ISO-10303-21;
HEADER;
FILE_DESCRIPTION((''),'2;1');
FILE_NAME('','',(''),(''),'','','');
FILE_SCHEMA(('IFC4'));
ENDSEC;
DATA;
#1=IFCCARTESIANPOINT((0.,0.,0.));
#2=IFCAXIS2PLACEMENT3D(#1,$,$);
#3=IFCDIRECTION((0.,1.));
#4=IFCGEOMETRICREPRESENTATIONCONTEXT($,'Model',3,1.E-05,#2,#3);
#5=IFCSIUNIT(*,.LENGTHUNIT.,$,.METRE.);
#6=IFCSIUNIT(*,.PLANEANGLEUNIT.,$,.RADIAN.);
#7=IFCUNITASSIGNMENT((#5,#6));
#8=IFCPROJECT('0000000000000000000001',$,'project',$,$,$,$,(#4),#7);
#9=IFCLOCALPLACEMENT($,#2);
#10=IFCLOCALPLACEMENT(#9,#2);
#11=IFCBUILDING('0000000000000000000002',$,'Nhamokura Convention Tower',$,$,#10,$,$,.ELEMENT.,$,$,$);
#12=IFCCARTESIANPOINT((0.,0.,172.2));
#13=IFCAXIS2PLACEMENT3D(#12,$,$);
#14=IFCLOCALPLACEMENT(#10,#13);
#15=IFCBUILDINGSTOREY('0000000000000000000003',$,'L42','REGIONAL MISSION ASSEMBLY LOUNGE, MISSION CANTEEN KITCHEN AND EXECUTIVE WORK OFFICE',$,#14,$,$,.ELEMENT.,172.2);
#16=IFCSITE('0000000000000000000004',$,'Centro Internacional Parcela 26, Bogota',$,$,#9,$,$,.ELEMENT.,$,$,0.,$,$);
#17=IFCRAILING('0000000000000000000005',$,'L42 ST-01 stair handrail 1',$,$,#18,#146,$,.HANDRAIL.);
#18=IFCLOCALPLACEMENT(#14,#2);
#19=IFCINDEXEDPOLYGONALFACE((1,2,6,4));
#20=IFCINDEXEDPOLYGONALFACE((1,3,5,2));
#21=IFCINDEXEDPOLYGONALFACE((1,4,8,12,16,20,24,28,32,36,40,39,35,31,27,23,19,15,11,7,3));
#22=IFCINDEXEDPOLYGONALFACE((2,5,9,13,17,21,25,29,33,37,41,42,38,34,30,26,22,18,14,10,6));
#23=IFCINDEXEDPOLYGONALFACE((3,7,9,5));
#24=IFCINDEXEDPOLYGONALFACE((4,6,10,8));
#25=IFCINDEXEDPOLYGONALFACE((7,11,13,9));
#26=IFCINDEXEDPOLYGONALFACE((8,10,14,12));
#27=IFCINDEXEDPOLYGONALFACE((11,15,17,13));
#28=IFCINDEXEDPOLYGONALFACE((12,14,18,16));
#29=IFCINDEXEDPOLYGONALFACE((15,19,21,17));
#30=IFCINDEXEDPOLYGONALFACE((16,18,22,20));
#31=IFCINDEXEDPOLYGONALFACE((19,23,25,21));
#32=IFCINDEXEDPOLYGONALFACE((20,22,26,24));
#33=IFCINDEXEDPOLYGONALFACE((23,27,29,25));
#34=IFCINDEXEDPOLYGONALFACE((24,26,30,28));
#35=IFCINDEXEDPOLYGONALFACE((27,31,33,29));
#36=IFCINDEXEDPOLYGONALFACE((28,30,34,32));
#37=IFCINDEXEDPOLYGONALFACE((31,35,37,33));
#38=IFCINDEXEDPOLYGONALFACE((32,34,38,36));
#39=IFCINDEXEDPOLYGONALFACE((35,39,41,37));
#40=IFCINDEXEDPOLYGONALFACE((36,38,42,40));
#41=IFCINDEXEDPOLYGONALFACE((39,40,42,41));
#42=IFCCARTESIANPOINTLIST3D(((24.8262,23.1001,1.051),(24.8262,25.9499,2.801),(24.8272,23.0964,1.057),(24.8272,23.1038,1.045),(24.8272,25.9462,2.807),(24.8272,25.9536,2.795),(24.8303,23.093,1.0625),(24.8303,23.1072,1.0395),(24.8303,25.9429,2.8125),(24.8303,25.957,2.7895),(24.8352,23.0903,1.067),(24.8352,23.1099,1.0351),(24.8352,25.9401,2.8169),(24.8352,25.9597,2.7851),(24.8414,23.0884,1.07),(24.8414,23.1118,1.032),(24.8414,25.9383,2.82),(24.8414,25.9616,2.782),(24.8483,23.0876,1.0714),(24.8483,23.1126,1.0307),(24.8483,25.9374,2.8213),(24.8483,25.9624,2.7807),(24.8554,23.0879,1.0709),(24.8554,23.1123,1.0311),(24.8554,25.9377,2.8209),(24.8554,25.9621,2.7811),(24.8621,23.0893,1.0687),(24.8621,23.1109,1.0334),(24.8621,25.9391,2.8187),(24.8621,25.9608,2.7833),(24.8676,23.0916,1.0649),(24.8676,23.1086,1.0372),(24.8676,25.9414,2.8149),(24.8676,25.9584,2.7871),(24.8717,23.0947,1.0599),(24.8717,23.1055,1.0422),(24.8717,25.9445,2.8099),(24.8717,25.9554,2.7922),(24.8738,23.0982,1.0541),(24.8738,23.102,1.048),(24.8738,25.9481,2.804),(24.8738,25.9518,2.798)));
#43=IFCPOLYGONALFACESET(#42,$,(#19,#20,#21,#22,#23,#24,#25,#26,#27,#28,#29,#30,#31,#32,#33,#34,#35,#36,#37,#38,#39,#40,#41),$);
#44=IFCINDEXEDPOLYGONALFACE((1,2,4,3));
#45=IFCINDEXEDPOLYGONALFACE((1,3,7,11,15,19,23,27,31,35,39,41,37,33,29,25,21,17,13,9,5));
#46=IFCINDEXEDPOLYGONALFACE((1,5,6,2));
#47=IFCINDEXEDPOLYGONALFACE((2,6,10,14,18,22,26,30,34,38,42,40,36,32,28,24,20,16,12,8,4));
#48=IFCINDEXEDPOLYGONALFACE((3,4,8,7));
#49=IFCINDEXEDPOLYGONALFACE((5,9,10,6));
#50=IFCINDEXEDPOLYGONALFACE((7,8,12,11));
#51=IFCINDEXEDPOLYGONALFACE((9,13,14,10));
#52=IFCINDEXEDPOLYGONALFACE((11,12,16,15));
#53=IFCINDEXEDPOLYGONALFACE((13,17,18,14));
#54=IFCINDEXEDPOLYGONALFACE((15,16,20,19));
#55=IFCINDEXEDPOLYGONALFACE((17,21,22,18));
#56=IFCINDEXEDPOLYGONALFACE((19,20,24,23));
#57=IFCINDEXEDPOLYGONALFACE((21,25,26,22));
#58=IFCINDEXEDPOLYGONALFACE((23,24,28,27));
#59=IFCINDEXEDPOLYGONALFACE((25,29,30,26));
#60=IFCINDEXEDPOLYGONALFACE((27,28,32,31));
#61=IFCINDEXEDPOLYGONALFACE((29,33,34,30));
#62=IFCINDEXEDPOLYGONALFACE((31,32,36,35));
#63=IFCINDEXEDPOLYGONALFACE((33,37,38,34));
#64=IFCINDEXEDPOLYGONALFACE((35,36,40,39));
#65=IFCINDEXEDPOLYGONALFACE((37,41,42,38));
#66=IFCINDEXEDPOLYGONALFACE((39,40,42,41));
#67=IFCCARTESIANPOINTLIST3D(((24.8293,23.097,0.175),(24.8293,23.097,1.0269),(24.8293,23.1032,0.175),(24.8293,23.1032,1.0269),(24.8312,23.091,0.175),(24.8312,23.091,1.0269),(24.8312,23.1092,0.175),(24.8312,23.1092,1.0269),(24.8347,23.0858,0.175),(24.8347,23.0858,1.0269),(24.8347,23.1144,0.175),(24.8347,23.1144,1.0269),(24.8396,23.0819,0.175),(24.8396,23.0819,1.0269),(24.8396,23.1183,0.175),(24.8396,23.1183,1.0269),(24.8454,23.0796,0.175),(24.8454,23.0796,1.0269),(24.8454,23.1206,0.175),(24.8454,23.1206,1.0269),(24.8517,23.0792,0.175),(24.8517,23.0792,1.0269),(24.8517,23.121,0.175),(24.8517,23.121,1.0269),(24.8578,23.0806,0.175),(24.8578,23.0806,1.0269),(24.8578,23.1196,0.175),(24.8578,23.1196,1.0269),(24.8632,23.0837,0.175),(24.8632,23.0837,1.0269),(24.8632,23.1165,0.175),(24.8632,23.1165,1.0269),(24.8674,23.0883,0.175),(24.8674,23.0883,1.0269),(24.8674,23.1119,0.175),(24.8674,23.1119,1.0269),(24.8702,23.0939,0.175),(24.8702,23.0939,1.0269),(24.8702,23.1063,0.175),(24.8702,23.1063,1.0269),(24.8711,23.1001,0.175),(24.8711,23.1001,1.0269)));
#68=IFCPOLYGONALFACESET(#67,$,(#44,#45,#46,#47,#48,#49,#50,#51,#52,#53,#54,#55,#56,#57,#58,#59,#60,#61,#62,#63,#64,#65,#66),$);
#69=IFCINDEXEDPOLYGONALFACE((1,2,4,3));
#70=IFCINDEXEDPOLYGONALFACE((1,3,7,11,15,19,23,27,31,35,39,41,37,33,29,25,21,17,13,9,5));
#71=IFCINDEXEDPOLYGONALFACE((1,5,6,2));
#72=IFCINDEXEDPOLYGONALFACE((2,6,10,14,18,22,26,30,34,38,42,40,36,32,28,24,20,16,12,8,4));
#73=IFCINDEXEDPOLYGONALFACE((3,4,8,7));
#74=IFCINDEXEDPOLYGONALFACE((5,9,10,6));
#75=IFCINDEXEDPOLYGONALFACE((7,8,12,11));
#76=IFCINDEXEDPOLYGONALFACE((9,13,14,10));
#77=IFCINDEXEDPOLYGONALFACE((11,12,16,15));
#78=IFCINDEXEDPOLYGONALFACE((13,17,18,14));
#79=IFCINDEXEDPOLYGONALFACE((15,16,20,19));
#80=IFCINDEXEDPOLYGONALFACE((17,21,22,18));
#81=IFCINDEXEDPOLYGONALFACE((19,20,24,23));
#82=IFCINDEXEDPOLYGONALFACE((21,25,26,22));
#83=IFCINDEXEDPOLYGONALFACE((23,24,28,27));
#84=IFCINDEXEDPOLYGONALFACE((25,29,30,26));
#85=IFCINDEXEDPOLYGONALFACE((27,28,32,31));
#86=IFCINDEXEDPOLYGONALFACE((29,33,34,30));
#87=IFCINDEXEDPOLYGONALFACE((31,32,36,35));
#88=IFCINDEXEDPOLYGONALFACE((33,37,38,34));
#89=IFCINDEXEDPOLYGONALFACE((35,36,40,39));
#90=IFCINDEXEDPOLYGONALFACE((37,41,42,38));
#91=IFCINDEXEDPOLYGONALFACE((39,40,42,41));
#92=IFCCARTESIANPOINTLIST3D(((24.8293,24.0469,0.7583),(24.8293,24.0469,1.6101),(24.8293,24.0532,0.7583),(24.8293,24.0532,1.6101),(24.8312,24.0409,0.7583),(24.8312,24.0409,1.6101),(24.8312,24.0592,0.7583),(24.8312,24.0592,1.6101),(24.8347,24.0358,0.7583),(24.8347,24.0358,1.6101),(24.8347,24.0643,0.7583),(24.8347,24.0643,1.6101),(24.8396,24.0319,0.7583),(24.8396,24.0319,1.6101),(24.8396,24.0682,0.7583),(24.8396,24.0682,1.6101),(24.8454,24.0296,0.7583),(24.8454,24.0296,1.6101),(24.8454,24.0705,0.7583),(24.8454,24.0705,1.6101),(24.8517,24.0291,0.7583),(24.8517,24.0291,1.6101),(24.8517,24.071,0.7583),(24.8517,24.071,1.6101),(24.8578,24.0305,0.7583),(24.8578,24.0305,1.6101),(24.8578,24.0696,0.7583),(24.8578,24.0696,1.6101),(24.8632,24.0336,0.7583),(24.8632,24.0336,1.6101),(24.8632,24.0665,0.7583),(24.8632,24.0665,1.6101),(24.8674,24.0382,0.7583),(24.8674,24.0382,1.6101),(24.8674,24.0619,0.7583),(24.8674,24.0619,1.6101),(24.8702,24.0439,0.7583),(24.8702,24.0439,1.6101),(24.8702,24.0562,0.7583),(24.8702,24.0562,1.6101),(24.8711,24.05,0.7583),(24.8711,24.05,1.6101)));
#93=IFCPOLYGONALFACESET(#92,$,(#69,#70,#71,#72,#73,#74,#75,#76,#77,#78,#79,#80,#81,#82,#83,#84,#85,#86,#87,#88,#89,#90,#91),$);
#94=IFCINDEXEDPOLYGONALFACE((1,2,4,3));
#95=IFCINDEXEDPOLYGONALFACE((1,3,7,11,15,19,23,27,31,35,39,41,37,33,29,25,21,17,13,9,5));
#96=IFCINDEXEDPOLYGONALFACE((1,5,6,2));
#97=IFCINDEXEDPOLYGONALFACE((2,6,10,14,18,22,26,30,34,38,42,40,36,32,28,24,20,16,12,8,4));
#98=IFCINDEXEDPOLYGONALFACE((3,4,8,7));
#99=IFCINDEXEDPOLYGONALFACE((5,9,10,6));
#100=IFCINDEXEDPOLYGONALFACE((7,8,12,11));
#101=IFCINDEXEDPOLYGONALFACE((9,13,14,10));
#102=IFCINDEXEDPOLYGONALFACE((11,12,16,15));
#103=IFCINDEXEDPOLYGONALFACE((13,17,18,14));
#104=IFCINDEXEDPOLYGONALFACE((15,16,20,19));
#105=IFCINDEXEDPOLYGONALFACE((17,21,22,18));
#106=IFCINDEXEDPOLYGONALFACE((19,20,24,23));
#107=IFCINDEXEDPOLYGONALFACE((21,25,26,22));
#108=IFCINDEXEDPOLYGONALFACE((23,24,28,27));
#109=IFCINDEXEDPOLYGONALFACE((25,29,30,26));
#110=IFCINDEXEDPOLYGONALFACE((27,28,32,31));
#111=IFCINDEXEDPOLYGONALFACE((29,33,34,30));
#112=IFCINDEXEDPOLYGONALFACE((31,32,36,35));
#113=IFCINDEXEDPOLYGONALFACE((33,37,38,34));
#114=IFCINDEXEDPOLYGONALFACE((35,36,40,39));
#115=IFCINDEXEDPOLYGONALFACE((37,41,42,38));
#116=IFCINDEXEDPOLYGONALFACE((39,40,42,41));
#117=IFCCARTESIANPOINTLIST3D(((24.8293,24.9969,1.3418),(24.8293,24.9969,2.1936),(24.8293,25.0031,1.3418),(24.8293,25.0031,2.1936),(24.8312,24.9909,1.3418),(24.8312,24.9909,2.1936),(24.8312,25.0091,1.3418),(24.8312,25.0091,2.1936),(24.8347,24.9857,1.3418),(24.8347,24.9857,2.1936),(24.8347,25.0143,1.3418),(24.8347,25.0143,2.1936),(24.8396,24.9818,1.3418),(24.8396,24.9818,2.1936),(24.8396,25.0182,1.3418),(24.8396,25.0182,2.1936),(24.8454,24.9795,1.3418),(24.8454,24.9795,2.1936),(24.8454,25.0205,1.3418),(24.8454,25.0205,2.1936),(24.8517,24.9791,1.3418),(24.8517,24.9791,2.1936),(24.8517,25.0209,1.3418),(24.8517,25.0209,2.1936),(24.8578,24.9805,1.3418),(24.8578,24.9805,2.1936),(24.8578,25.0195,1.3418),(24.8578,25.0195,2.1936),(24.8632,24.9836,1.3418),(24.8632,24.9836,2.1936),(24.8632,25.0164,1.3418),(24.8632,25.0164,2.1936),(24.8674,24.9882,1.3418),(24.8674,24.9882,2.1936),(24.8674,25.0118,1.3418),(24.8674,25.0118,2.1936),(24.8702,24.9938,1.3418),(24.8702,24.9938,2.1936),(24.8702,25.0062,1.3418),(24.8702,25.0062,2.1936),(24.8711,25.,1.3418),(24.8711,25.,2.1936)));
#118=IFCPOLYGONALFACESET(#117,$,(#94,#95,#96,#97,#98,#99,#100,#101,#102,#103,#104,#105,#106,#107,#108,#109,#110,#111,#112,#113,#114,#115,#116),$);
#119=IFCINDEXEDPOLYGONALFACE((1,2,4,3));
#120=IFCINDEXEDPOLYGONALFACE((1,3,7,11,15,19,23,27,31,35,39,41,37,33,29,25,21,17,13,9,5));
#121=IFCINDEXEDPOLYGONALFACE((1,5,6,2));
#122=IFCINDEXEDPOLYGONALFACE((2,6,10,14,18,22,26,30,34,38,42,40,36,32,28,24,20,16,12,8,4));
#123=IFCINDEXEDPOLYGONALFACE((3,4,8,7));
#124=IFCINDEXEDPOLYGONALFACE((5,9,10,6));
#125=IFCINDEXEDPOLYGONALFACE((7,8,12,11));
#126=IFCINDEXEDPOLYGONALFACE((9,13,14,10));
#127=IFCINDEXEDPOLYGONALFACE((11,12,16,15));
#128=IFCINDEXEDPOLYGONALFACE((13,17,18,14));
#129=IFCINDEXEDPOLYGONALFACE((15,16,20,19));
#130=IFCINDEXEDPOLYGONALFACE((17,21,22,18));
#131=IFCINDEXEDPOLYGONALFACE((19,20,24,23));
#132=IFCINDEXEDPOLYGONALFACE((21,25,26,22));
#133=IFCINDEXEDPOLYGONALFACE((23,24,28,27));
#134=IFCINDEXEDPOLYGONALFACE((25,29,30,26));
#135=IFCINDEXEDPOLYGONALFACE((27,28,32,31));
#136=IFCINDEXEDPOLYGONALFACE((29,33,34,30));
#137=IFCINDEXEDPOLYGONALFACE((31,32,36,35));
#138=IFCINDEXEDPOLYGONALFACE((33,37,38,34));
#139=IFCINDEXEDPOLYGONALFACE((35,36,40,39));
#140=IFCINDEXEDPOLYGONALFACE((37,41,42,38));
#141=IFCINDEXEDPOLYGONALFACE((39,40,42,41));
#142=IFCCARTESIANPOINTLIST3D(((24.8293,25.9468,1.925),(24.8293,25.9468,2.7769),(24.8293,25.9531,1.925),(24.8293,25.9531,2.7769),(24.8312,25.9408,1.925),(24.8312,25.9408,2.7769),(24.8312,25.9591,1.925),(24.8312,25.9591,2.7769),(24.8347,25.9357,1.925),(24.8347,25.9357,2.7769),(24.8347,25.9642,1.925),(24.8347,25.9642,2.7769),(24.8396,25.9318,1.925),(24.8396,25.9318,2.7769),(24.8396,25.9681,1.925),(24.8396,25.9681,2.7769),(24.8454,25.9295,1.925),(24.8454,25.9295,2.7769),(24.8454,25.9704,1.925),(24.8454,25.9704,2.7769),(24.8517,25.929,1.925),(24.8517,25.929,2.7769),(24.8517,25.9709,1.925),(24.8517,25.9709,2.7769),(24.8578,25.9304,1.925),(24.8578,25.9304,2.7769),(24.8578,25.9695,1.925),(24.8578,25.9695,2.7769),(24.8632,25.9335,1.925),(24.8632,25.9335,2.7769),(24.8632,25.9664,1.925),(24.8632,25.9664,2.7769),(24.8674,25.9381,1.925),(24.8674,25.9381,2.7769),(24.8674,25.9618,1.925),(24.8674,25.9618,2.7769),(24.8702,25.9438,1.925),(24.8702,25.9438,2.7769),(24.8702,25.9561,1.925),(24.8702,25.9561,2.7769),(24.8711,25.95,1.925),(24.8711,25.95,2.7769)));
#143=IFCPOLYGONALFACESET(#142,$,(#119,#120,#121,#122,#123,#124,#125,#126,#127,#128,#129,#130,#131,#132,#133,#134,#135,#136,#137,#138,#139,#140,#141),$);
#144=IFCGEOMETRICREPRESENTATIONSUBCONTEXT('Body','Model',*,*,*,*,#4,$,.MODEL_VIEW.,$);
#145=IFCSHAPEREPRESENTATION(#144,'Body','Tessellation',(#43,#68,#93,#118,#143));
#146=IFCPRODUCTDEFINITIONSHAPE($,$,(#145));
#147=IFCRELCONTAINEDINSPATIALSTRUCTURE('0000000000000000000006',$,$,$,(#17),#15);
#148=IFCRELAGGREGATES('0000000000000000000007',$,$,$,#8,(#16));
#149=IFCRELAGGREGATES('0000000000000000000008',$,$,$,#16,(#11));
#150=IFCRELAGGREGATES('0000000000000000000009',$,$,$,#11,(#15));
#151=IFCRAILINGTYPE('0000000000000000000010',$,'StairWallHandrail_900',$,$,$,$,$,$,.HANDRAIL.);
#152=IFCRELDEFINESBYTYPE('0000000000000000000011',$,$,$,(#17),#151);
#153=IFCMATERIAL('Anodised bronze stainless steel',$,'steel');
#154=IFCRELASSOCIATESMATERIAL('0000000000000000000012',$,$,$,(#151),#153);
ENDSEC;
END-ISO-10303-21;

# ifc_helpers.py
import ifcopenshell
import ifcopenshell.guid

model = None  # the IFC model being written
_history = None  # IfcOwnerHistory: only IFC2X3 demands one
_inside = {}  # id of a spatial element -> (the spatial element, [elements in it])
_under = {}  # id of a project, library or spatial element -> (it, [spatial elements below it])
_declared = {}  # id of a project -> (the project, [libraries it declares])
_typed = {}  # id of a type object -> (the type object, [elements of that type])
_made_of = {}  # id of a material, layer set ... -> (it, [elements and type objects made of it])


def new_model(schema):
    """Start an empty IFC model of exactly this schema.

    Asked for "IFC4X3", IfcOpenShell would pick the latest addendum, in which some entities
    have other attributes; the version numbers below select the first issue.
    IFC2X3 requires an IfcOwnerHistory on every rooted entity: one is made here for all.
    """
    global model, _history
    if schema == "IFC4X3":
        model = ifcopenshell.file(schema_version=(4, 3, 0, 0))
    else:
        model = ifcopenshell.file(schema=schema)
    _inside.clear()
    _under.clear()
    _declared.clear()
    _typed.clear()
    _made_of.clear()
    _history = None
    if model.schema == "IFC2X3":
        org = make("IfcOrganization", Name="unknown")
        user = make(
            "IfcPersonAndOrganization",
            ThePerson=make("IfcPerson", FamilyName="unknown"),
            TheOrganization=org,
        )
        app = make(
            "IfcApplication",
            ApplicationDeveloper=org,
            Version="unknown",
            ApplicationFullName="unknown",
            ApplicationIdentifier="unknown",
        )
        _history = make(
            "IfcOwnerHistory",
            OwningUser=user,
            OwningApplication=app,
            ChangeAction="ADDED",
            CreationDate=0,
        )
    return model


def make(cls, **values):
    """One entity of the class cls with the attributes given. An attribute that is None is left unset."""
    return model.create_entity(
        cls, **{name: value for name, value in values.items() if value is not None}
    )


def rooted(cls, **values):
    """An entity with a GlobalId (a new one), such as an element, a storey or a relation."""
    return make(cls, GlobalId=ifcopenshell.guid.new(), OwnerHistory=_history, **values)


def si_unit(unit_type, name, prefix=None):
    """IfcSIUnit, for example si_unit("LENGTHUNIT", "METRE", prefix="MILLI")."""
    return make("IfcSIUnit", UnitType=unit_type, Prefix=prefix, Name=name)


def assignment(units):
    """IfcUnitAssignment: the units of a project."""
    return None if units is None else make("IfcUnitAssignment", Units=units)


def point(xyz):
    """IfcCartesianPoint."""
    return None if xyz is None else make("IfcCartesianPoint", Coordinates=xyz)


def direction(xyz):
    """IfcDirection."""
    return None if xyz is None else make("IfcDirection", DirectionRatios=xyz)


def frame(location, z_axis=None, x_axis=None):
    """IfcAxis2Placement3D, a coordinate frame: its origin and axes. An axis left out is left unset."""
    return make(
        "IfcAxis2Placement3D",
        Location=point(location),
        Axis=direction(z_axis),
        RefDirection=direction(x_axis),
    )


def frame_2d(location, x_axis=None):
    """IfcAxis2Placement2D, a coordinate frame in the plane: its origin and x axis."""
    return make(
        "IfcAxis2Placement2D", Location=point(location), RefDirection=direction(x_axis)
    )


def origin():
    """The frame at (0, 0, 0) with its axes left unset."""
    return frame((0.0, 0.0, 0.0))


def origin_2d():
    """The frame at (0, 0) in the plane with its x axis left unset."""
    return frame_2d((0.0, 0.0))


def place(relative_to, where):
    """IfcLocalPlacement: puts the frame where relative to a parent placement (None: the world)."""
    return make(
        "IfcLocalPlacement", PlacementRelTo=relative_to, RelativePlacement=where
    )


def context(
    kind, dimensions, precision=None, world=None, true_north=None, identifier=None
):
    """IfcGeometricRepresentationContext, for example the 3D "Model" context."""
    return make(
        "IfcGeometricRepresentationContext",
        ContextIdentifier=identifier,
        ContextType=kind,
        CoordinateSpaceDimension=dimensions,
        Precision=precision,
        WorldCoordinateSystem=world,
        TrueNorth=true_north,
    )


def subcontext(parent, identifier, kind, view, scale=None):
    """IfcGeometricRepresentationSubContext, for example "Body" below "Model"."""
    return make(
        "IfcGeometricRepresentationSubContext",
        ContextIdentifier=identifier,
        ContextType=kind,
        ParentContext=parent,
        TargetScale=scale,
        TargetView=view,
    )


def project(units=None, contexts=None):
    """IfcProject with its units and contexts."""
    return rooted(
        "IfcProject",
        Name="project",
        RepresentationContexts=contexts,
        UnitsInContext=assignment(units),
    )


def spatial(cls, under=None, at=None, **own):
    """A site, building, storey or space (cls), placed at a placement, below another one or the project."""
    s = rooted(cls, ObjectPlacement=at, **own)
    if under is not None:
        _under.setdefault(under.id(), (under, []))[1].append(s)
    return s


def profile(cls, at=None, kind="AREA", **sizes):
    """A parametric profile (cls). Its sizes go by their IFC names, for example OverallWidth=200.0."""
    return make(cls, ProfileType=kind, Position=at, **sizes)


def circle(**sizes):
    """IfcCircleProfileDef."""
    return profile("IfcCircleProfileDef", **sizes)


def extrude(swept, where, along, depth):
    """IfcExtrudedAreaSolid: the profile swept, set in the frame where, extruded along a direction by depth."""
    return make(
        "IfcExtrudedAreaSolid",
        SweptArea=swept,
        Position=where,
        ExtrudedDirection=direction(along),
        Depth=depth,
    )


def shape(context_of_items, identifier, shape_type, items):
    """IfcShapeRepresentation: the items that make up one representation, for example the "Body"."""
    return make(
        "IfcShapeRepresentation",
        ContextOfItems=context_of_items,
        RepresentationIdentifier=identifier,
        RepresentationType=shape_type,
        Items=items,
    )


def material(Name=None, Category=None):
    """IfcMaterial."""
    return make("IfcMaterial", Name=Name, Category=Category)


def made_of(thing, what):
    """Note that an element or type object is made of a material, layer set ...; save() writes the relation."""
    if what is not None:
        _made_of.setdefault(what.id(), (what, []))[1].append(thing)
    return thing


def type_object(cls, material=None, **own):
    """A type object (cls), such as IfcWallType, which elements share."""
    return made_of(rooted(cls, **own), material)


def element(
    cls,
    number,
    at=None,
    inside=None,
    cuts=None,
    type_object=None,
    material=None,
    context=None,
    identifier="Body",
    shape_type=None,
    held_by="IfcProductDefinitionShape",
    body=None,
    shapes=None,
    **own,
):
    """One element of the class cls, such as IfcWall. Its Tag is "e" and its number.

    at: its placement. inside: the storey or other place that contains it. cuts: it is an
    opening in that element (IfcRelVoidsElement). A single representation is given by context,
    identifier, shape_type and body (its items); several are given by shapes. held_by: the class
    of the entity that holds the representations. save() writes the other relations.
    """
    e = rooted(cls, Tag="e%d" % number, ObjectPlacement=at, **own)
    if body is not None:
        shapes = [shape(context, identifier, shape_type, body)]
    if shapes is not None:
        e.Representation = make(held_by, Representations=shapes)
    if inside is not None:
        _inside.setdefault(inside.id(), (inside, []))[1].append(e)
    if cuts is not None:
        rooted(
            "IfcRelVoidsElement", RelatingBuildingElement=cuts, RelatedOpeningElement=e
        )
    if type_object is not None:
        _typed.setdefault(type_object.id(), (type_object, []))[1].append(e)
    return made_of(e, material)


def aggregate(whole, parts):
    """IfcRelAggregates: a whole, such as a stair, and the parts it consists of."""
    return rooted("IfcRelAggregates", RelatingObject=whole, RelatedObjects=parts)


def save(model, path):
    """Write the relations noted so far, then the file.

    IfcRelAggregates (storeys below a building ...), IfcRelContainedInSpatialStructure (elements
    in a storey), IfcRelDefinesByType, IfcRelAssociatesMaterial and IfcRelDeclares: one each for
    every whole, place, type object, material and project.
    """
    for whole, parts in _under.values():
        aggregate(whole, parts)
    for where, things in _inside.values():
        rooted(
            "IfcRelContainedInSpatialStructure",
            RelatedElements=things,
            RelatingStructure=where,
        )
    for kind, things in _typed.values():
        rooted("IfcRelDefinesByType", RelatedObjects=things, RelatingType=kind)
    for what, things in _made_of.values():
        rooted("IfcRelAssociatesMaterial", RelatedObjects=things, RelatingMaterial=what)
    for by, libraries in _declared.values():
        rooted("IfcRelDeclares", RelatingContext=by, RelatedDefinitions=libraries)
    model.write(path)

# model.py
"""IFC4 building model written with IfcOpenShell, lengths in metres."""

from ifc_helpers import new_model, si_unit, direction, frame, origin, origin_2d, place, context, subcontext, project, spatial, circle, extrude, material, type_object, element, save


model = new_model("IFC4")

# Units and contexts
model_context = context("Model", 3, precision=1e-05, world=origin(), true_north=direction((0.0, 1.0)))
body_context = subcontext(model_context, "Body", "Model", "MODEL_VIEW")
ifc_project = project(units=[si_unit("LENGTHUNIT", "METRE"), si_unit("PLANEANGLEUNIT", "RADIAN")], contexts=[model_context])

# Site, building, storey
site_placement = place(None, origin())
site = spatial("IfcSite", under=ifc_project, at=site_placement, Name="Centro Internacional Parcela 26, Bogota", CompositionType="ELEMENT", RefElevation=0.0)
building_placement = place(site_placement, origin())
building = spatial("IfcBuilding", under=site, at=building_placement, Name="Nhamokura Convention Tower", CompositionType="ELEMENT")
storey_placement = place(building_placement, frame((0.0, 0.0, 172.2)))
storey = spatial("IfcBuildingStorey", under=building, at=storey_placement, Name="L42", Description="REGIONAL MISSION ASSEMBLY LOUNGE, MISSION CANTEEN KITCHEN AND EXECUTIVE WORK OFFICE", CompositionType="ELEMENT", Elevation=172.2)

# Railing
ifc_material_1 = material(Name="Anodised bronze stainless steel", Category="steel")
railing_type_1 = type_object("IfcRailingType", Name="StairWallHandrail_900", PredefinedType="HANDRAIL", material=ifc_material_1)
railing_1_placement = place(storey_placement, frame((24.8501, 23.1001, 0.175)))
element("IfcRailing", 1, at=railing_1_placement, inside=storey, type_object=railing_type_1, Name="L42 ST-01 stair handrail 1", PredefinedType="HANDRAIL", context=body_context, shape_type="SweptSolid", body=[
    extrude(circle(Radius=0.0239, at=origin_2d()), frame((0.0, 0.0, 0.876), z_axis=(0.0, 0.852159, 0.523283), x_axis=(-1.0, 0.0, 0.0)), (0.0, 0.0, 1.0), 3.3442),
    extrude(circle(Radius=0.021, at=origin_2d()), origin(), (0.0, 0.0, 1.0), 0.8518),
    extrude(circle(Radius=0.021, at=origin_2d()), frame((0.0, 0.95, 0.5833)), (0.0, 0.0, 1.0), 0.8518),
    extrude(circle(Radius=0.021, at=origin_2d()), frame((0.0, 1.8999, 1.1667)), (0.0, 0.0, 1.0), 0.8518),
    extrude(circle(Radius=0.021, at=origin_2d()), frame((0.0, 2.8499, 1.75)), (0.0, 0.0, 1.0), 0.8518),
])

save(model, "model.ifc")
